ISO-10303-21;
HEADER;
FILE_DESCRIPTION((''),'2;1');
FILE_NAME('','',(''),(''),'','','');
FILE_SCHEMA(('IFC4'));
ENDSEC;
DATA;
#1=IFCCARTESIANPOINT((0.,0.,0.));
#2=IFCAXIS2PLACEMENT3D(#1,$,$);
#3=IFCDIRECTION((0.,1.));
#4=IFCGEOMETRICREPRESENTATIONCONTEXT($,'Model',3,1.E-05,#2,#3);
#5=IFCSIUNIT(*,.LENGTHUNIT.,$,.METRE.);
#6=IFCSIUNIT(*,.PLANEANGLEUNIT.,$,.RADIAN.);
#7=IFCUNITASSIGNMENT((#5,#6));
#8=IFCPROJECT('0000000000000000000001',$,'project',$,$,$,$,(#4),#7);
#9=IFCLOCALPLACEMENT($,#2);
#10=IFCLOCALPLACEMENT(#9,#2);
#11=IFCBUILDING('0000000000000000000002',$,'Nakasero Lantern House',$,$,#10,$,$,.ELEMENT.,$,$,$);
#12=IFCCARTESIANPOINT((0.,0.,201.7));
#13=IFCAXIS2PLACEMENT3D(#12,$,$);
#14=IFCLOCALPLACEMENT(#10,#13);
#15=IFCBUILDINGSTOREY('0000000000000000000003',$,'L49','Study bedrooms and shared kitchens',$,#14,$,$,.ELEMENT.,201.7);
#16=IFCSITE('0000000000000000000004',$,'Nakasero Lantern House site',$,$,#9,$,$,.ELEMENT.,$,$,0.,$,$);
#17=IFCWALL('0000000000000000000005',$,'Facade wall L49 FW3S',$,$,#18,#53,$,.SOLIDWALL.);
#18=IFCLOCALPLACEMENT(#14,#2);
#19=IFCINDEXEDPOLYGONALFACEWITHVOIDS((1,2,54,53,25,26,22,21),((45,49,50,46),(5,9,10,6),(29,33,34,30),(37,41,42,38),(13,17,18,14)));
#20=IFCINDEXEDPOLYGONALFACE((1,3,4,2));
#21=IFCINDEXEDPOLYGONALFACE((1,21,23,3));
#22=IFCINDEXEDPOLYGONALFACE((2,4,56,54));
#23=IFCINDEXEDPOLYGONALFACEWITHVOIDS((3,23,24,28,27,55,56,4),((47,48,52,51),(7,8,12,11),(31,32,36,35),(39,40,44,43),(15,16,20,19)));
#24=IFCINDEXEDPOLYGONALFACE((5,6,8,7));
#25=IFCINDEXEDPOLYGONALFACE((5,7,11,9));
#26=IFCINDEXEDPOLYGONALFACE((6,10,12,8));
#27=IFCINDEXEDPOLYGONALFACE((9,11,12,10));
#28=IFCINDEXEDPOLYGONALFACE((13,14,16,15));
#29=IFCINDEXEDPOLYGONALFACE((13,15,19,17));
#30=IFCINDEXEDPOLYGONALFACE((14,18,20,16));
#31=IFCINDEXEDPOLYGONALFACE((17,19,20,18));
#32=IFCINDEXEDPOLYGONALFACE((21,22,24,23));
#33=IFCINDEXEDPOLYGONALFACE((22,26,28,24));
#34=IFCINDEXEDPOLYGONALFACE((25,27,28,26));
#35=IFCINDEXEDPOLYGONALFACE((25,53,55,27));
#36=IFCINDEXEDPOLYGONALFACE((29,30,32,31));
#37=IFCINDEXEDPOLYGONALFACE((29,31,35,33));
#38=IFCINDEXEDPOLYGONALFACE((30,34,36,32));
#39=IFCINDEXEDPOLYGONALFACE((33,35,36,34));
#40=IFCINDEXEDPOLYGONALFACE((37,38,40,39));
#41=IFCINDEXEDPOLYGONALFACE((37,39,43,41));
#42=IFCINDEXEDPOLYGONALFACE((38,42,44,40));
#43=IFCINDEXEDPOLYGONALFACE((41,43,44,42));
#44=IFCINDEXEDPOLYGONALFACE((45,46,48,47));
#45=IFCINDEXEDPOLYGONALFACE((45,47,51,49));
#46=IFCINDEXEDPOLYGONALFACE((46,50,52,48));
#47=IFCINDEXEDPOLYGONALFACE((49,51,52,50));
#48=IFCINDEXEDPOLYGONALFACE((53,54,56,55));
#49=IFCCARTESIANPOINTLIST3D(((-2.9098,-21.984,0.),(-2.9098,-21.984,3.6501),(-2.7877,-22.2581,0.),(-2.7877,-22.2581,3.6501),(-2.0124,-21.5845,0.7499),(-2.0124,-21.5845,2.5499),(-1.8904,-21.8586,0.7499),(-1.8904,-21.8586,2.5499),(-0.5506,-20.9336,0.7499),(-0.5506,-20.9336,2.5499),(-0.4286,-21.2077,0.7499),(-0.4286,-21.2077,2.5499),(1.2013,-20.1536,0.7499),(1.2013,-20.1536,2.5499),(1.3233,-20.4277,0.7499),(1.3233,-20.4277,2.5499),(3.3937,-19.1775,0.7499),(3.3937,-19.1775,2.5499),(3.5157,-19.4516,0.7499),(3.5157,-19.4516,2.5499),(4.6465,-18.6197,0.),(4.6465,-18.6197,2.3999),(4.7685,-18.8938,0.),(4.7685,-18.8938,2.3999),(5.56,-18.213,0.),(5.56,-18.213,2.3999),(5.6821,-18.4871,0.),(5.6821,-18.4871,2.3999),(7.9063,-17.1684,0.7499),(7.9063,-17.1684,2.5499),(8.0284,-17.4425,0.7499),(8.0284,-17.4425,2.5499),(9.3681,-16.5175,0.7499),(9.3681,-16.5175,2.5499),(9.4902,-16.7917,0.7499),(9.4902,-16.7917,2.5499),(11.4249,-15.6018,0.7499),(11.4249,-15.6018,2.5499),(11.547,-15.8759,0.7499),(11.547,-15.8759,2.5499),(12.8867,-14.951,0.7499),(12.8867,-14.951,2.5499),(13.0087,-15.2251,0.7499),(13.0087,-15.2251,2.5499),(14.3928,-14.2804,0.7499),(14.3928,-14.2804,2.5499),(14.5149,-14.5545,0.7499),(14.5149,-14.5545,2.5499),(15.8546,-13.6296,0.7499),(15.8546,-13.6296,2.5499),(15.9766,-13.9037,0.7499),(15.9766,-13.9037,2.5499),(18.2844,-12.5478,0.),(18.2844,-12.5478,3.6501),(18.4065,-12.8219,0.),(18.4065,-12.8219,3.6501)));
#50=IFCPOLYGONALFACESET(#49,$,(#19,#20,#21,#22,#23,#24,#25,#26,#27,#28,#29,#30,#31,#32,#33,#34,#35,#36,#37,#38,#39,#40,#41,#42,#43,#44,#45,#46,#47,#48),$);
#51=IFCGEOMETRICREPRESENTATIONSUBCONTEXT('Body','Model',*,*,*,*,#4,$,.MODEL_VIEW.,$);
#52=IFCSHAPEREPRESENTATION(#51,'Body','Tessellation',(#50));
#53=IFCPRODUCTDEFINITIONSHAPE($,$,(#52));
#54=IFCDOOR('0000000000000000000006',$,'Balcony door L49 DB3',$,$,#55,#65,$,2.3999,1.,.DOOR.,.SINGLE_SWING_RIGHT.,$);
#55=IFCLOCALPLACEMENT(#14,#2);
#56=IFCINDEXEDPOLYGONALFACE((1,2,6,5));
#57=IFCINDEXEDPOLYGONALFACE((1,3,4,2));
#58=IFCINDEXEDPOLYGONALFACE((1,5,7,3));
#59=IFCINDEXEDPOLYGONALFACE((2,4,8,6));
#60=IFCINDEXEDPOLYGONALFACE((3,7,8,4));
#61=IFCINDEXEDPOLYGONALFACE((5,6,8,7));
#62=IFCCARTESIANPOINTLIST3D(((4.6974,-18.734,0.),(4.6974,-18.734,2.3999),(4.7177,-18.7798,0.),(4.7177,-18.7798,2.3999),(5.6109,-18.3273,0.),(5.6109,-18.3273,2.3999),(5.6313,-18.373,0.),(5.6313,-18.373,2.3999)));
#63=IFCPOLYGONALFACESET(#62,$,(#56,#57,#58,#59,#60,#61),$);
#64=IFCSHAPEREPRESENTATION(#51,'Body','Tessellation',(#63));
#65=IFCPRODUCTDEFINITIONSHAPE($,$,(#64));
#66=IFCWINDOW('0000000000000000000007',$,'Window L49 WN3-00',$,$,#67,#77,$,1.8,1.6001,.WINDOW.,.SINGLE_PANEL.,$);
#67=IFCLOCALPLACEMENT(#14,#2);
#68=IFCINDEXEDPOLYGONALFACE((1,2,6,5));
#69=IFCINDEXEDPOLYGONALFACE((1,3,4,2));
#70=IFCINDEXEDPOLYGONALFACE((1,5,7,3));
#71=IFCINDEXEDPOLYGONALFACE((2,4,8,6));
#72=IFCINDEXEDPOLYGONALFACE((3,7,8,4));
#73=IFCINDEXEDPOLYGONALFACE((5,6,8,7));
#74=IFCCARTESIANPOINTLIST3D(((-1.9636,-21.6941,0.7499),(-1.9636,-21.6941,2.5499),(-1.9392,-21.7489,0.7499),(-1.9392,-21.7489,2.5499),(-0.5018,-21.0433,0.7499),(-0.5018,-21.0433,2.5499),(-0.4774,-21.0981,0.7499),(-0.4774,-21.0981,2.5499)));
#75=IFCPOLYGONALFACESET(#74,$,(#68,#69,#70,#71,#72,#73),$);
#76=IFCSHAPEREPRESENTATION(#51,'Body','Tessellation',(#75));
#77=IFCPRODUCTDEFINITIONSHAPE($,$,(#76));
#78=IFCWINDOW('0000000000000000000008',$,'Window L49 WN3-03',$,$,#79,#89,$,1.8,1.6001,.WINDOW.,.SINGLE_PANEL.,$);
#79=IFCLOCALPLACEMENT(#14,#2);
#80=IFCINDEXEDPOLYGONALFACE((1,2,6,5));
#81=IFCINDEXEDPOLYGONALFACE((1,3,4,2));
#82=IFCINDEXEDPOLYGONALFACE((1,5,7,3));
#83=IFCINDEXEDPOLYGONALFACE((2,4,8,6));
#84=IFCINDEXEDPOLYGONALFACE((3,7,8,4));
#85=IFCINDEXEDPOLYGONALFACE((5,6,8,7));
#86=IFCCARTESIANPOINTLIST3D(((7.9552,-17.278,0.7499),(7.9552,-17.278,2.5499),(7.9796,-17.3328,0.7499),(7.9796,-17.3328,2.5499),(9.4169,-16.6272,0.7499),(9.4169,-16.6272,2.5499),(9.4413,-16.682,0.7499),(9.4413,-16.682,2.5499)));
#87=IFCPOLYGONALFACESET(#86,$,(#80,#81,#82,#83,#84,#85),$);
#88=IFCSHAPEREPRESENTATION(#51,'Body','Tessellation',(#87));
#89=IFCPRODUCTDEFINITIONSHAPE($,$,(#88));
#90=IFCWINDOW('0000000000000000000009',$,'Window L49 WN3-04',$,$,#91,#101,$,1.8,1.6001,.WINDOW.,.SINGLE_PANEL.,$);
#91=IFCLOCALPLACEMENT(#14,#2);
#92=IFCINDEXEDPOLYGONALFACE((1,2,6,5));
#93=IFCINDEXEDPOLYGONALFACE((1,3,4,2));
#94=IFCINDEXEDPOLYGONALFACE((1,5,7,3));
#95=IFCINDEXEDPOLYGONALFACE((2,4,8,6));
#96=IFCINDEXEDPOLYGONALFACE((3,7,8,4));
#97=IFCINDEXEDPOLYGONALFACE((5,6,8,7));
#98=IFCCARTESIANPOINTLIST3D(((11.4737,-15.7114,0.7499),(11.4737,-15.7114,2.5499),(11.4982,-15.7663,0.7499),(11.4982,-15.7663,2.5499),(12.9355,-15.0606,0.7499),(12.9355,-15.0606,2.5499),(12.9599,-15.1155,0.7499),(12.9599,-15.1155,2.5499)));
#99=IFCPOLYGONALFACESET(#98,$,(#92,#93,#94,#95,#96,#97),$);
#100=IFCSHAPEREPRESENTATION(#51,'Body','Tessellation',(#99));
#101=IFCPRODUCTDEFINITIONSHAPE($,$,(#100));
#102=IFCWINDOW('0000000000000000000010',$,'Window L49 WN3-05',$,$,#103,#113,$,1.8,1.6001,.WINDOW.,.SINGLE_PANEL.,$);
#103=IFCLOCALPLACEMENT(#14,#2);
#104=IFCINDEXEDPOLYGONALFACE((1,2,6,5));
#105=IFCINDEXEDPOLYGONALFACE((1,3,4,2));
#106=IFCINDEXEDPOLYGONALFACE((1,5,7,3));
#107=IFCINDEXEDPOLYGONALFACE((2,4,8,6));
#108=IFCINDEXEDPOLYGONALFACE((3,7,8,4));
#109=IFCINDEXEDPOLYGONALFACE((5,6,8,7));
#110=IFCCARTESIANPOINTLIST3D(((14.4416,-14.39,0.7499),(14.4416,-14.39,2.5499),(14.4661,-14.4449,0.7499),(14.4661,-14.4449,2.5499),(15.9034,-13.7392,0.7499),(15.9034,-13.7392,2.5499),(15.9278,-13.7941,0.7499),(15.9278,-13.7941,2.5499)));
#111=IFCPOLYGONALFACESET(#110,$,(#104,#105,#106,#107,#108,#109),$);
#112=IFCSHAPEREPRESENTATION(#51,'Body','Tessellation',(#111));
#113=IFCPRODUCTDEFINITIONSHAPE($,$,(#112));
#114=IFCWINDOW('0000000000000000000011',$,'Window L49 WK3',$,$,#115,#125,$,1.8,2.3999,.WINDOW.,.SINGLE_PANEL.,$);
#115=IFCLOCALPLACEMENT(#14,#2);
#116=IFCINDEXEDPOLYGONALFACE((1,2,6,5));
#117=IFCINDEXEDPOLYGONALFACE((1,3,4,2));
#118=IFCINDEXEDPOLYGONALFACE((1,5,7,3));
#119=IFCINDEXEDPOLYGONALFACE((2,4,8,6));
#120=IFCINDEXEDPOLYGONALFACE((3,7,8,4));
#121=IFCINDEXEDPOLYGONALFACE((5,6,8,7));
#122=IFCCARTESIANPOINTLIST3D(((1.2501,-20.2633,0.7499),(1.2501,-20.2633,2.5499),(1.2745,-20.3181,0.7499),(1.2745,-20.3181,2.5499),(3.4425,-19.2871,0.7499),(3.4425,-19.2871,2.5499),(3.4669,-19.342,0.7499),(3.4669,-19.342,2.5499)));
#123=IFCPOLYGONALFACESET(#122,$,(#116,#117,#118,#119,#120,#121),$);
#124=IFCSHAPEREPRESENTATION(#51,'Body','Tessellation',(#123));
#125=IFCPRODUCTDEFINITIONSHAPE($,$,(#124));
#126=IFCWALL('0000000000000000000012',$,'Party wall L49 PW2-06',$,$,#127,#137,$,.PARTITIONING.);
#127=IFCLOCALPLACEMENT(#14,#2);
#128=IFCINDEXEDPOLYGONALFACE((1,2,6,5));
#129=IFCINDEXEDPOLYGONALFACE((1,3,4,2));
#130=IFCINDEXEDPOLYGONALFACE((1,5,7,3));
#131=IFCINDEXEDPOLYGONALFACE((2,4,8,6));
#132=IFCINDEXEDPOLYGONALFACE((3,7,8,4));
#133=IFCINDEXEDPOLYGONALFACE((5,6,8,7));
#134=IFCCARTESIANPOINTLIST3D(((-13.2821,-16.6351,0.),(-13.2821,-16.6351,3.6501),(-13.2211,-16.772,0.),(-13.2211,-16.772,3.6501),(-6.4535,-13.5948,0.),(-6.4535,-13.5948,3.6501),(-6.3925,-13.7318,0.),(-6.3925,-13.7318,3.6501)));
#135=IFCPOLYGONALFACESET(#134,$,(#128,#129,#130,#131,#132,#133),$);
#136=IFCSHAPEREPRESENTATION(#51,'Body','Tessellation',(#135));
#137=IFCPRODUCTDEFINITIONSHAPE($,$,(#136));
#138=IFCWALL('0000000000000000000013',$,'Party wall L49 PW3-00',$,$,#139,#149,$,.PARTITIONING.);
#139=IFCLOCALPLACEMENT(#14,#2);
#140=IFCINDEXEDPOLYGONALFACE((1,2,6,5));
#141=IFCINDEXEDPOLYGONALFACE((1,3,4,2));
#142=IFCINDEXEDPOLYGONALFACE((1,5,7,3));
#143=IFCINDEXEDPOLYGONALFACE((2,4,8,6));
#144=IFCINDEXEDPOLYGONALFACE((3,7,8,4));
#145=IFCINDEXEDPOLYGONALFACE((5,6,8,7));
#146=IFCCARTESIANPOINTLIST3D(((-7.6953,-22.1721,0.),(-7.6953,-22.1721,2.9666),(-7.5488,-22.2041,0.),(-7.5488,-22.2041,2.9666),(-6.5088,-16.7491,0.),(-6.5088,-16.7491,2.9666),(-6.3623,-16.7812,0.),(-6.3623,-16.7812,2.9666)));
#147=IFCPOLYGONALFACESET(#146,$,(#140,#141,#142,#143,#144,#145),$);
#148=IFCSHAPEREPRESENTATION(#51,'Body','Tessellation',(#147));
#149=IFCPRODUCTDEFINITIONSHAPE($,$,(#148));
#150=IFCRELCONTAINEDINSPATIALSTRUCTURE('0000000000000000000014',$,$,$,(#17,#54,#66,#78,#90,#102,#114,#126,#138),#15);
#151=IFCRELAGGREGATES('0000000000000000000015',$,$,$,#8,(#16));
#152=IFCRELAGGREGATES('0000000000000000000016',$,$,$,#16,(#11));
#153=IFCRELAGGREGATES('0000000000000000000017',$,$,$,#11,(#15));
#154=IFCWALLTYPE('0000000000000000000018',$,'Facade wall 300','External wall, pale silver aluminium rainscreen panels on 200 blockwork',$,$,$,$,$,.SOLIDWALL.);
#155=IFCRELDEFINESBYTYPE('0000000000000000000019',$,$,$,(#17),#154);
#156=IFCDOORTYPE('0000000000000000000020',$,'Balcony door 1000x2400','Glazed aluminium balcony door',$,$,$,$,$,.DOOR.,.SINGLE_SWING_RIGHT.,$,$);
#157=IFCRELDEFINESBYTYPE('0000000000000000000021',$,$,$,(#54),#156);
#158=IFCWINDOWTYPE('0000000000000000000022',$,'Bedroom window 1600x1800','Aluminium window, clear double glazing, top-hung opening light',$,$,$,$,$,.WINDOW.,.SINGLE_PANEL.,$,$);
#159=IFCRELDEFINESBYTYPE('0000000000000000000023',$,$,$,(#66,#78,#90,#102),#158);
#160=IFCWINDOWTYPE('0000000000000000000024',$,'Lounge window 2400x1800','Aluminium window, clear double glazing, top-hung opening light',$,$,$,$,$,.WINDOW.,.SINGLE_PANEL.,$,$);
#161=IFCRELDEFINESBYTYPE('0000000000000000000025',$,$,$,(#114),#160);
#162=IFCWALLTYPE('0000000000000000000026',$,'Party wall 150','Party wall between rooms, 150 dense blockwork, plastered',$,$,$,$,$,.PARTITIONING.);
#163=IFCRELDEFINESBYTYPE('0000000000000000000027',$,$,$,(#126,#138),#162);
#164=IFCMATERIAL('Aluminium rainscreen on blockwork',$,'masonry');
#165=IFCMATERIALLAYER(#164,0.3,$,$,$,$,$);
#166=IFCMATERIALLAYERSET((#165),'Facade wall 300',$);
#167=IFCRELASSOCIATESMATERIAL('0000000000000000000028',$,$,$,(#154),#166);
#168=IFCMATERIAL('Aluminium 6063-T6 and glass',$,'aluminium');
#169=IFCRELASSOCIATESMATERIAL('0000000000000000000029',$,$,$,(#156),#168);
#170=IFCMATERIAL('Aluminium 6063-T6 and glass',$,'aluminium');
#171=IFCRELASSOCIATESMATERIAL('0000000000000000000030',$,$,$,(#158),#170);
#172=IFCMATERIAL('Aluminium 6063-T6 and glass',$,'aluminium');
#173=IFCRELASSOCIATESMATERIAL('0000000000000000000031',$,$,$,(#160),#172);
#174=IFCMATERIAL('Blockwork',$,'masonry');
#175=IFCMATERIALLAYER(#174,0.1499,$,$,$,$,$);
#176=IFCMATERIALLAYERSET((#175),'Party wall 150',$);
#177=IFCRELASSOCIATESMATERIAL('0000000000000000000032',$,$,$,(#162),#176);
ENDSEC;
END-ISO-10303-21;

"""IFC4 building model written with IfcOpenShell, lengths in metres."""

from ifc_helpers import new_model, si_unit, direction, frame, frame_2d, origin, place, context, subcontext, project, spatial, rectangle, extrude, material, layer, layer_set, type_object, element, fill, save


model = new_model("IFC4")

# Units and contexts
model_context = context("Model", 3, precision=1e-05, world=origin(), true_north=direction((0.0, 1.0)))
body_context = subcontext(model_context, "Body", "Model", "MODEL_VIEW")
ifc_project = project(units=[si_unit("LENGTHUNIT", "METRE"), si_unit("PLANEANGLEUNIT", "RADIAN")], contexts=[model_context])

# Site, building, storey
site_placement = place(None, origin())
site = spatial("IfcSite", under=ifc_project, at=site_placement, Name="Nakasero Lantern House site", CompositionType="ELEMENT", RefElevation=0.0)
building_placement = place(site_placement, origin())
building = spatial("IfcBuilding", under=site, at=building_placement, Name="Nakasero Lantern House", CompositionType="ELEMENT")
storey_placement = place(building_placement, frame((0.0, 0.0, 201.7)))
storey = spatial("IfcBuildingStorey", under=building, at=storey_placement, Name="L49", Description="Study bedrooms and shared kitchens", CompositionType="ELEMENT", Elevation=201.7)

# Shared definitions
ifc_material_1 = material(Name="Aluminium rainscreen on blockwork", Category="masonry")
ifc_layer_1 = layer(ifc_material_1, 0.3)
ifc_layer_set_1 = layer_set([ifc_layer_1], Name="Facade wall 300")
wall_type_1 = type_object("IfcWallType", Name="Facade wall 300", Description="External wall, pale silver aluminium rainscreen panels on 200 blockwork", PredefinedType="SOLIDWALL", material=ifc_layer_set_1)

# Wall, openings, door, windows
wall_1_placement = place(storey_placement, frame((-2.8489, -22.1211, 0.0), z_axis=(0.0, 0.0, 1.0), x_axis=(0.913546, 0.406735, 0.0)))
wall_1 = element("IfcWall", 1, at=wall_1_placement, inside=storey, type_object=wall_type_1, Name="Facade wall L49 FW3S", PredefinedType="SOLIDWALL", context=body_context, shape_type="SweptSolid", body=[
    extrude(rectangle(XDim=23.2, YDim=0.3, at=frame_2d((11.6001, 0.0))), origin(), (0.0, 0.0, 1.0), 3.6501),
])
opening_1_placement = place(wall_1_placement, frame((0.9824, 0.0, 0.75)))
opening_1 = element("IfcOpeningElement", 2, at=opening_1_placement, cuts=wall_1, PredefinedType="OPENING", context=body_context, shape_type="SweptSolid", body=[
    extrude(rectangle(XDim=1.6001, YDim=1.8, at=frame_2d((0.8, 0.8999))), frame((0.0, 0.1699, 0.0), z_axis=(0.0, -1.0, 0.0), x_axis=(1.0, 0.0, 0.0)), (0.0, 0.0, 1.0), 0.3401),
])
opening_2_placement = place(wall_1_placement, frame((11.8398, 0.0, 0.75)))
opening_2 = element("IfcOpeningElement", 3, at=opening_2_placement, cuts=wall_1, PredefinedType="OPENING", context=body_context, shape_type="SweptSolid", body=[
    extrude(rectangle(XDim=1.6001, YDim=1.8, at=frame_2d((0.8, 0.8999))), frame((0.0, 0.1699, 0.0), z_axis=(0.0, -1.0, 0.0), x_axis=(1.0, 0.0, 0.0)), (0.0, 0.0, 1.0), 0.3401),
])
opening_3_placement = place(wall_1_placement, frame((15.6914, 0.0, 0.75)))
opening_3 = element("IfcOpeningElement", 4, at=opening_3_placement, cuts=wall_1, PredefinedType="OPENING", context=body_context, shape_type="SweptSolid", body=[
    extrude(rectangle(XDim=1.6001, YDim=1.8, at=frame_2d((0.8, 0.8999))), frame((0.0, 0.1699, 0.0), z_axis=(0.0, -1.0, 0.0), x_axis=(1.0, 0.0, 0.0)), (0.0, 0.0, 1.0), 0.3401),
])
opening_4_placement = place(wall_1_placement, frame((18.9402, 0.0, 0.75)))
opening_4 = element("IfcOpeningElement", 5, at=opening_4_placement, cuts=wall_1, PredefinedType="OPENING", context=body_context, shape_type="SweptSolid", body=[
    extrude(rectangle(XDim=1.6001, YDim=1.8, at=frame_2d((0.8, 0.8999))), frame((0.0, 0.1699, 0.0), z_axis=(0.0, -1.0, 0.0), x_axis=(1.0, 0.0, 0.0)), (0.0, 0.0, 1.0), 0.3401),
])
opening_5_placement = place(wall_1_placement, frame((4.5002, 0.0, 0.75)))
opening_5 = element("IfcOpeningElement", 6, at=opening_5_placement, cuts=wall_1, PredefinedType="OPENING", context=body_context, shape_type="SweptSolid", body=[
    extrude(rectangle(XDim=2.3999, YDim=1.8, at=frame_2d((1.2, 0.8999))), frame((0.0, 0.1699, 0.0), z_axis=(0.0, -1.0, 0.0), x_axis=(1.0, 0.0, 0.0)), (0.0, 0.0, 1.0), 0.3401),
])
opening_6_placement = place(wall_1_placement, frame((8.2715, 0.0, 0.0)))
opening_6 = element("IfcOpeningElement", 7, at=opening_6_placement, cuts=wall_1, PredefinedType="OPENING", context=body_context, shape_type="SweptSolid", body=[
    extrude(rectangle(XDim=1.0, YDim=2.3999, at=frame_2d((0.5, 1.2))), frame((0.0, 0.1699, 0.0), z_axis=(0.0, -1.0, 0.0), x_axis=(1.0, 0.0, 0.0)), (0.0, 0.0, 1.0), 0.3401),
])
ifc_material_2 = material(Name="Aluminium 6063-T6 and glass", Category="aluminium")
door_type_1 = type_object("IfcDoorType", Name="Balcony door 1000x2400", Description="Glazed aluminium balcony door", OperationType="SINGLE_SWING_RIGHT", PredefinedType="DOOR", material=ifc_material_2)
door_1_placement = place(opening_6_placement, origin())
door_1 = element("IfcDoor", 8, at=door_1_placement, inside=storey, type_object=door_type_1, Name="Balcony door L49 DB3", OperationType="SINGLE_SWING_RIGHT", OverallHeight=2.3999, OverallWidth=1.0, PredefinedType="DOOR", context=body_context, shape_type="SweptSolid", body=[
    extrude(rectangle(XDim=1.0, YDim=2.3999, at=frame_2d((0.5, 1.2))), frame((0.0, 0.0249, 0.0), z_axis=(0.0, -1.0, 0.0), x_axis=(1.0, 0.0, 0.0)), (0.0, 0.0, 1.0), 0.05),
])
fill(opening_6, door_1)
ifc_material_3 = material(Name="Aluminium 6063-T6 and glass", Category="aluminium")
window_type_1 = type_object("IfcWindowType", Name="Bedroom window 1600x1800", Description="Aluminium window, clear double glazing, top-hung opening light", PartitioningType="SINGLE_PANEL", PredefinedType="WINDOW", material=ifc_material_3)
window_1_placement = place(opening_1_placement, origin())
window_1 = element("IfcWindow", 9, at=window_1_placement, inside=storey, type_object=window_type_1, Name="Window L49 WN3-00", OverallHeight=1.8, OverallWidth=1.6001, PartitioningType="SINGLE_PANEL", PredefinedType="WINDOW", context=body_context, shape_type="SweptSolid", body=[
    extrude(rectangle(XDim=1.6001, YDim=1.8, at=frame_2d((0.8, 0.8999))), frame((0.0, 0.03, 0.0), z_axis=(0.0, -1.0, 0.0), x_axis=(1.0, 0.0, 0.0)), (0.0, 0.0, 1.0), 0.0601),
])
fill(opening_1, window_1)
window_2_placement = place(opening_2_placement, origin())
window_2 = element("IfcWindow", 10, at=window_2_placement, inside=storey, type_object=window_type_1, Name="Window L49 WN3-03", OverallHeight=1.8, OverallWidth=1.6001, PartitioningType="SINGLE_PANEL", PredefinedType="WINDOW", context=body_context, shape_type="SweptSolid", body=[
    extrude(rectangle(XDim=1.6001, YDim=1.8, at=frame_2d((0.8, 0.8999))), frame((0.0, 0.03, 0.0), z_axis=(0.0, -1.0, 0.0), x_axis=(1.0, 0.0, 0.0)), (0.0, 0.0, 1.0), 0.0601),
])
fill(opening_2, window_2)
window_3_placement = place(opening_3_placement, origin())
window_3 = element("IfcWindow", 11, at=window_3_placement, inside=storey, type_object=window_type_1, Name="Window L49 WN3-04", OverallHeight=1.8, OverallWidth=1.6001, PartitioningType="SINGLE_PANEL", PredefinedType="WINDOW", context=body_context, shape_type="SweptSolid", body=[
    extrude(rectangle(XDim=1.6001, YDim=1.8, at=frame_2d((0.8, 0.8999))), frame((0.0, 0.03, 0.0), z_axis=(0.0, -1.0, 0.0), x_axis=(1.0, 0.0, 0.0)), (0.0, 0.0, 1.0), 0.0601),
])
fill(opening_3, window_3)
window_4_placement = place(opening_4_placement, origin())
window_4 = element("IfcWindow", 12, at=window_4_placement, inside=storey, type_object=window_type_1, Name="Window L49 WN3-05", OverallHeight=1.8, OverallWidth=1.6001, PartitioningType="SINGLE_PANEL", PredefinedType="WINDOW", context=body_context, shape_type="SweptSolid", body=[
    extrude(rectangle(XDim=1.6001, YDim=1.8, at=frame_2d((0.8, 0.8999))), frame((0.0, 0.03, 0.0), z_axis=(0.0, -1.0, 0.0), x_axis=(1.0, 0.0, 0.0)), (0.0, 0.0, 1.0), 0.0601),
])
fill(opening_4, window_4)
ifc_material_4 = material(Name="Aluminium 6063-T6 and glass", Category="aluminium")
window_type_2 = type_object("IfcWindowType", Name="Lounge window 2400x1800", Description="Aluminium window, clear double glazing, top-hung opening light", PartitioningType="SINGLE_PANEL", PredefinedType="WINDOW", material=ifc_material_4)
window_5_placement = place(opening_5_placement, origin())
window_5 = element("IfcWindow", 13, at=window_5_placement, inside=storey, type_object=window_type_2, Name="Window L49 WK3", OverallHeight=1.8, OverallWidth=2.3999, PartitioningType="SINGLE_PANEL", PredefinedType="WINDOW", context=body_context, shape_type="SweptSolid", body=[
    extrude(rectangle(XDim=2.3999, YDim=1.8, at=frame_2d((1.2, 0.8999))), frame((0.0, 0.03, 0.0), z_axis=(0.0, -1.0, 0.0), x_axis=(1.0, 0.0, 0.0)), (0.0, 0.0, 1.0), 0.0601),
])
fill(opening_5, window_5)

# Walls
ifc_material_5 = material(Name="Blockwork", Category="masonry")
ifc_layer_2 = layer(ifc_material_5, 0.1499)
ifc_layer_set_2 = layer_set([ifc_layer_2], Name="Party wall 150")
wall_type_2 = type_object("IfcWallType", Name="Party wall 150", Description="Party wall between rooms, 150 dense blockwork, plastered", PredefinedType="PARTITIONING", material=ifc_layer_set_2)
wall_2_placement = place(storey_placement, frame((-6.4231, -13.6633, 0.0), z_axis=(0.0, 0.0, 1.0), x_axis=(-0.913546, -0.406735, 0.0)))
element("IfcWall", 14, at=wall_2_placement, inside=storey, type_object=wall_type_2, Name="Party wall L49 PW2-06", PredefinedType="PARTITIONING", context=body_context, shape_type="SweptSolid", body=[
    extrude(rectangle(XDim=7.4749, YDim=0.1499, at=frame_2d((3.7373, 0.0))), origin(), (0.0, 0.0, 1.0), 3.6501),
])
wall_3_placement = place(storey_placement, frame((-6.4355, -16.7651, 0.0), z_axis=(0.0, 0.0, 1.0), x_axis=(-0.213735, -0.976892, 0.0)))
element("IfcWall", 15, at=wall_3_placement, inside=storey, type_object=wall_type_2, Name="Party wall L49 PW3-00", PredefinedType="PARTITIONING", context=body_context, shape_type="SweptSolid", body=[
    extrude(rectangle(XDim=5.5513, YDim=0.1499, at=frame_2d((2.7756, 0.0))), origin(), (0.0, 0.0, 1.0), 2.9666),
])

save(model, "model.ifc")
